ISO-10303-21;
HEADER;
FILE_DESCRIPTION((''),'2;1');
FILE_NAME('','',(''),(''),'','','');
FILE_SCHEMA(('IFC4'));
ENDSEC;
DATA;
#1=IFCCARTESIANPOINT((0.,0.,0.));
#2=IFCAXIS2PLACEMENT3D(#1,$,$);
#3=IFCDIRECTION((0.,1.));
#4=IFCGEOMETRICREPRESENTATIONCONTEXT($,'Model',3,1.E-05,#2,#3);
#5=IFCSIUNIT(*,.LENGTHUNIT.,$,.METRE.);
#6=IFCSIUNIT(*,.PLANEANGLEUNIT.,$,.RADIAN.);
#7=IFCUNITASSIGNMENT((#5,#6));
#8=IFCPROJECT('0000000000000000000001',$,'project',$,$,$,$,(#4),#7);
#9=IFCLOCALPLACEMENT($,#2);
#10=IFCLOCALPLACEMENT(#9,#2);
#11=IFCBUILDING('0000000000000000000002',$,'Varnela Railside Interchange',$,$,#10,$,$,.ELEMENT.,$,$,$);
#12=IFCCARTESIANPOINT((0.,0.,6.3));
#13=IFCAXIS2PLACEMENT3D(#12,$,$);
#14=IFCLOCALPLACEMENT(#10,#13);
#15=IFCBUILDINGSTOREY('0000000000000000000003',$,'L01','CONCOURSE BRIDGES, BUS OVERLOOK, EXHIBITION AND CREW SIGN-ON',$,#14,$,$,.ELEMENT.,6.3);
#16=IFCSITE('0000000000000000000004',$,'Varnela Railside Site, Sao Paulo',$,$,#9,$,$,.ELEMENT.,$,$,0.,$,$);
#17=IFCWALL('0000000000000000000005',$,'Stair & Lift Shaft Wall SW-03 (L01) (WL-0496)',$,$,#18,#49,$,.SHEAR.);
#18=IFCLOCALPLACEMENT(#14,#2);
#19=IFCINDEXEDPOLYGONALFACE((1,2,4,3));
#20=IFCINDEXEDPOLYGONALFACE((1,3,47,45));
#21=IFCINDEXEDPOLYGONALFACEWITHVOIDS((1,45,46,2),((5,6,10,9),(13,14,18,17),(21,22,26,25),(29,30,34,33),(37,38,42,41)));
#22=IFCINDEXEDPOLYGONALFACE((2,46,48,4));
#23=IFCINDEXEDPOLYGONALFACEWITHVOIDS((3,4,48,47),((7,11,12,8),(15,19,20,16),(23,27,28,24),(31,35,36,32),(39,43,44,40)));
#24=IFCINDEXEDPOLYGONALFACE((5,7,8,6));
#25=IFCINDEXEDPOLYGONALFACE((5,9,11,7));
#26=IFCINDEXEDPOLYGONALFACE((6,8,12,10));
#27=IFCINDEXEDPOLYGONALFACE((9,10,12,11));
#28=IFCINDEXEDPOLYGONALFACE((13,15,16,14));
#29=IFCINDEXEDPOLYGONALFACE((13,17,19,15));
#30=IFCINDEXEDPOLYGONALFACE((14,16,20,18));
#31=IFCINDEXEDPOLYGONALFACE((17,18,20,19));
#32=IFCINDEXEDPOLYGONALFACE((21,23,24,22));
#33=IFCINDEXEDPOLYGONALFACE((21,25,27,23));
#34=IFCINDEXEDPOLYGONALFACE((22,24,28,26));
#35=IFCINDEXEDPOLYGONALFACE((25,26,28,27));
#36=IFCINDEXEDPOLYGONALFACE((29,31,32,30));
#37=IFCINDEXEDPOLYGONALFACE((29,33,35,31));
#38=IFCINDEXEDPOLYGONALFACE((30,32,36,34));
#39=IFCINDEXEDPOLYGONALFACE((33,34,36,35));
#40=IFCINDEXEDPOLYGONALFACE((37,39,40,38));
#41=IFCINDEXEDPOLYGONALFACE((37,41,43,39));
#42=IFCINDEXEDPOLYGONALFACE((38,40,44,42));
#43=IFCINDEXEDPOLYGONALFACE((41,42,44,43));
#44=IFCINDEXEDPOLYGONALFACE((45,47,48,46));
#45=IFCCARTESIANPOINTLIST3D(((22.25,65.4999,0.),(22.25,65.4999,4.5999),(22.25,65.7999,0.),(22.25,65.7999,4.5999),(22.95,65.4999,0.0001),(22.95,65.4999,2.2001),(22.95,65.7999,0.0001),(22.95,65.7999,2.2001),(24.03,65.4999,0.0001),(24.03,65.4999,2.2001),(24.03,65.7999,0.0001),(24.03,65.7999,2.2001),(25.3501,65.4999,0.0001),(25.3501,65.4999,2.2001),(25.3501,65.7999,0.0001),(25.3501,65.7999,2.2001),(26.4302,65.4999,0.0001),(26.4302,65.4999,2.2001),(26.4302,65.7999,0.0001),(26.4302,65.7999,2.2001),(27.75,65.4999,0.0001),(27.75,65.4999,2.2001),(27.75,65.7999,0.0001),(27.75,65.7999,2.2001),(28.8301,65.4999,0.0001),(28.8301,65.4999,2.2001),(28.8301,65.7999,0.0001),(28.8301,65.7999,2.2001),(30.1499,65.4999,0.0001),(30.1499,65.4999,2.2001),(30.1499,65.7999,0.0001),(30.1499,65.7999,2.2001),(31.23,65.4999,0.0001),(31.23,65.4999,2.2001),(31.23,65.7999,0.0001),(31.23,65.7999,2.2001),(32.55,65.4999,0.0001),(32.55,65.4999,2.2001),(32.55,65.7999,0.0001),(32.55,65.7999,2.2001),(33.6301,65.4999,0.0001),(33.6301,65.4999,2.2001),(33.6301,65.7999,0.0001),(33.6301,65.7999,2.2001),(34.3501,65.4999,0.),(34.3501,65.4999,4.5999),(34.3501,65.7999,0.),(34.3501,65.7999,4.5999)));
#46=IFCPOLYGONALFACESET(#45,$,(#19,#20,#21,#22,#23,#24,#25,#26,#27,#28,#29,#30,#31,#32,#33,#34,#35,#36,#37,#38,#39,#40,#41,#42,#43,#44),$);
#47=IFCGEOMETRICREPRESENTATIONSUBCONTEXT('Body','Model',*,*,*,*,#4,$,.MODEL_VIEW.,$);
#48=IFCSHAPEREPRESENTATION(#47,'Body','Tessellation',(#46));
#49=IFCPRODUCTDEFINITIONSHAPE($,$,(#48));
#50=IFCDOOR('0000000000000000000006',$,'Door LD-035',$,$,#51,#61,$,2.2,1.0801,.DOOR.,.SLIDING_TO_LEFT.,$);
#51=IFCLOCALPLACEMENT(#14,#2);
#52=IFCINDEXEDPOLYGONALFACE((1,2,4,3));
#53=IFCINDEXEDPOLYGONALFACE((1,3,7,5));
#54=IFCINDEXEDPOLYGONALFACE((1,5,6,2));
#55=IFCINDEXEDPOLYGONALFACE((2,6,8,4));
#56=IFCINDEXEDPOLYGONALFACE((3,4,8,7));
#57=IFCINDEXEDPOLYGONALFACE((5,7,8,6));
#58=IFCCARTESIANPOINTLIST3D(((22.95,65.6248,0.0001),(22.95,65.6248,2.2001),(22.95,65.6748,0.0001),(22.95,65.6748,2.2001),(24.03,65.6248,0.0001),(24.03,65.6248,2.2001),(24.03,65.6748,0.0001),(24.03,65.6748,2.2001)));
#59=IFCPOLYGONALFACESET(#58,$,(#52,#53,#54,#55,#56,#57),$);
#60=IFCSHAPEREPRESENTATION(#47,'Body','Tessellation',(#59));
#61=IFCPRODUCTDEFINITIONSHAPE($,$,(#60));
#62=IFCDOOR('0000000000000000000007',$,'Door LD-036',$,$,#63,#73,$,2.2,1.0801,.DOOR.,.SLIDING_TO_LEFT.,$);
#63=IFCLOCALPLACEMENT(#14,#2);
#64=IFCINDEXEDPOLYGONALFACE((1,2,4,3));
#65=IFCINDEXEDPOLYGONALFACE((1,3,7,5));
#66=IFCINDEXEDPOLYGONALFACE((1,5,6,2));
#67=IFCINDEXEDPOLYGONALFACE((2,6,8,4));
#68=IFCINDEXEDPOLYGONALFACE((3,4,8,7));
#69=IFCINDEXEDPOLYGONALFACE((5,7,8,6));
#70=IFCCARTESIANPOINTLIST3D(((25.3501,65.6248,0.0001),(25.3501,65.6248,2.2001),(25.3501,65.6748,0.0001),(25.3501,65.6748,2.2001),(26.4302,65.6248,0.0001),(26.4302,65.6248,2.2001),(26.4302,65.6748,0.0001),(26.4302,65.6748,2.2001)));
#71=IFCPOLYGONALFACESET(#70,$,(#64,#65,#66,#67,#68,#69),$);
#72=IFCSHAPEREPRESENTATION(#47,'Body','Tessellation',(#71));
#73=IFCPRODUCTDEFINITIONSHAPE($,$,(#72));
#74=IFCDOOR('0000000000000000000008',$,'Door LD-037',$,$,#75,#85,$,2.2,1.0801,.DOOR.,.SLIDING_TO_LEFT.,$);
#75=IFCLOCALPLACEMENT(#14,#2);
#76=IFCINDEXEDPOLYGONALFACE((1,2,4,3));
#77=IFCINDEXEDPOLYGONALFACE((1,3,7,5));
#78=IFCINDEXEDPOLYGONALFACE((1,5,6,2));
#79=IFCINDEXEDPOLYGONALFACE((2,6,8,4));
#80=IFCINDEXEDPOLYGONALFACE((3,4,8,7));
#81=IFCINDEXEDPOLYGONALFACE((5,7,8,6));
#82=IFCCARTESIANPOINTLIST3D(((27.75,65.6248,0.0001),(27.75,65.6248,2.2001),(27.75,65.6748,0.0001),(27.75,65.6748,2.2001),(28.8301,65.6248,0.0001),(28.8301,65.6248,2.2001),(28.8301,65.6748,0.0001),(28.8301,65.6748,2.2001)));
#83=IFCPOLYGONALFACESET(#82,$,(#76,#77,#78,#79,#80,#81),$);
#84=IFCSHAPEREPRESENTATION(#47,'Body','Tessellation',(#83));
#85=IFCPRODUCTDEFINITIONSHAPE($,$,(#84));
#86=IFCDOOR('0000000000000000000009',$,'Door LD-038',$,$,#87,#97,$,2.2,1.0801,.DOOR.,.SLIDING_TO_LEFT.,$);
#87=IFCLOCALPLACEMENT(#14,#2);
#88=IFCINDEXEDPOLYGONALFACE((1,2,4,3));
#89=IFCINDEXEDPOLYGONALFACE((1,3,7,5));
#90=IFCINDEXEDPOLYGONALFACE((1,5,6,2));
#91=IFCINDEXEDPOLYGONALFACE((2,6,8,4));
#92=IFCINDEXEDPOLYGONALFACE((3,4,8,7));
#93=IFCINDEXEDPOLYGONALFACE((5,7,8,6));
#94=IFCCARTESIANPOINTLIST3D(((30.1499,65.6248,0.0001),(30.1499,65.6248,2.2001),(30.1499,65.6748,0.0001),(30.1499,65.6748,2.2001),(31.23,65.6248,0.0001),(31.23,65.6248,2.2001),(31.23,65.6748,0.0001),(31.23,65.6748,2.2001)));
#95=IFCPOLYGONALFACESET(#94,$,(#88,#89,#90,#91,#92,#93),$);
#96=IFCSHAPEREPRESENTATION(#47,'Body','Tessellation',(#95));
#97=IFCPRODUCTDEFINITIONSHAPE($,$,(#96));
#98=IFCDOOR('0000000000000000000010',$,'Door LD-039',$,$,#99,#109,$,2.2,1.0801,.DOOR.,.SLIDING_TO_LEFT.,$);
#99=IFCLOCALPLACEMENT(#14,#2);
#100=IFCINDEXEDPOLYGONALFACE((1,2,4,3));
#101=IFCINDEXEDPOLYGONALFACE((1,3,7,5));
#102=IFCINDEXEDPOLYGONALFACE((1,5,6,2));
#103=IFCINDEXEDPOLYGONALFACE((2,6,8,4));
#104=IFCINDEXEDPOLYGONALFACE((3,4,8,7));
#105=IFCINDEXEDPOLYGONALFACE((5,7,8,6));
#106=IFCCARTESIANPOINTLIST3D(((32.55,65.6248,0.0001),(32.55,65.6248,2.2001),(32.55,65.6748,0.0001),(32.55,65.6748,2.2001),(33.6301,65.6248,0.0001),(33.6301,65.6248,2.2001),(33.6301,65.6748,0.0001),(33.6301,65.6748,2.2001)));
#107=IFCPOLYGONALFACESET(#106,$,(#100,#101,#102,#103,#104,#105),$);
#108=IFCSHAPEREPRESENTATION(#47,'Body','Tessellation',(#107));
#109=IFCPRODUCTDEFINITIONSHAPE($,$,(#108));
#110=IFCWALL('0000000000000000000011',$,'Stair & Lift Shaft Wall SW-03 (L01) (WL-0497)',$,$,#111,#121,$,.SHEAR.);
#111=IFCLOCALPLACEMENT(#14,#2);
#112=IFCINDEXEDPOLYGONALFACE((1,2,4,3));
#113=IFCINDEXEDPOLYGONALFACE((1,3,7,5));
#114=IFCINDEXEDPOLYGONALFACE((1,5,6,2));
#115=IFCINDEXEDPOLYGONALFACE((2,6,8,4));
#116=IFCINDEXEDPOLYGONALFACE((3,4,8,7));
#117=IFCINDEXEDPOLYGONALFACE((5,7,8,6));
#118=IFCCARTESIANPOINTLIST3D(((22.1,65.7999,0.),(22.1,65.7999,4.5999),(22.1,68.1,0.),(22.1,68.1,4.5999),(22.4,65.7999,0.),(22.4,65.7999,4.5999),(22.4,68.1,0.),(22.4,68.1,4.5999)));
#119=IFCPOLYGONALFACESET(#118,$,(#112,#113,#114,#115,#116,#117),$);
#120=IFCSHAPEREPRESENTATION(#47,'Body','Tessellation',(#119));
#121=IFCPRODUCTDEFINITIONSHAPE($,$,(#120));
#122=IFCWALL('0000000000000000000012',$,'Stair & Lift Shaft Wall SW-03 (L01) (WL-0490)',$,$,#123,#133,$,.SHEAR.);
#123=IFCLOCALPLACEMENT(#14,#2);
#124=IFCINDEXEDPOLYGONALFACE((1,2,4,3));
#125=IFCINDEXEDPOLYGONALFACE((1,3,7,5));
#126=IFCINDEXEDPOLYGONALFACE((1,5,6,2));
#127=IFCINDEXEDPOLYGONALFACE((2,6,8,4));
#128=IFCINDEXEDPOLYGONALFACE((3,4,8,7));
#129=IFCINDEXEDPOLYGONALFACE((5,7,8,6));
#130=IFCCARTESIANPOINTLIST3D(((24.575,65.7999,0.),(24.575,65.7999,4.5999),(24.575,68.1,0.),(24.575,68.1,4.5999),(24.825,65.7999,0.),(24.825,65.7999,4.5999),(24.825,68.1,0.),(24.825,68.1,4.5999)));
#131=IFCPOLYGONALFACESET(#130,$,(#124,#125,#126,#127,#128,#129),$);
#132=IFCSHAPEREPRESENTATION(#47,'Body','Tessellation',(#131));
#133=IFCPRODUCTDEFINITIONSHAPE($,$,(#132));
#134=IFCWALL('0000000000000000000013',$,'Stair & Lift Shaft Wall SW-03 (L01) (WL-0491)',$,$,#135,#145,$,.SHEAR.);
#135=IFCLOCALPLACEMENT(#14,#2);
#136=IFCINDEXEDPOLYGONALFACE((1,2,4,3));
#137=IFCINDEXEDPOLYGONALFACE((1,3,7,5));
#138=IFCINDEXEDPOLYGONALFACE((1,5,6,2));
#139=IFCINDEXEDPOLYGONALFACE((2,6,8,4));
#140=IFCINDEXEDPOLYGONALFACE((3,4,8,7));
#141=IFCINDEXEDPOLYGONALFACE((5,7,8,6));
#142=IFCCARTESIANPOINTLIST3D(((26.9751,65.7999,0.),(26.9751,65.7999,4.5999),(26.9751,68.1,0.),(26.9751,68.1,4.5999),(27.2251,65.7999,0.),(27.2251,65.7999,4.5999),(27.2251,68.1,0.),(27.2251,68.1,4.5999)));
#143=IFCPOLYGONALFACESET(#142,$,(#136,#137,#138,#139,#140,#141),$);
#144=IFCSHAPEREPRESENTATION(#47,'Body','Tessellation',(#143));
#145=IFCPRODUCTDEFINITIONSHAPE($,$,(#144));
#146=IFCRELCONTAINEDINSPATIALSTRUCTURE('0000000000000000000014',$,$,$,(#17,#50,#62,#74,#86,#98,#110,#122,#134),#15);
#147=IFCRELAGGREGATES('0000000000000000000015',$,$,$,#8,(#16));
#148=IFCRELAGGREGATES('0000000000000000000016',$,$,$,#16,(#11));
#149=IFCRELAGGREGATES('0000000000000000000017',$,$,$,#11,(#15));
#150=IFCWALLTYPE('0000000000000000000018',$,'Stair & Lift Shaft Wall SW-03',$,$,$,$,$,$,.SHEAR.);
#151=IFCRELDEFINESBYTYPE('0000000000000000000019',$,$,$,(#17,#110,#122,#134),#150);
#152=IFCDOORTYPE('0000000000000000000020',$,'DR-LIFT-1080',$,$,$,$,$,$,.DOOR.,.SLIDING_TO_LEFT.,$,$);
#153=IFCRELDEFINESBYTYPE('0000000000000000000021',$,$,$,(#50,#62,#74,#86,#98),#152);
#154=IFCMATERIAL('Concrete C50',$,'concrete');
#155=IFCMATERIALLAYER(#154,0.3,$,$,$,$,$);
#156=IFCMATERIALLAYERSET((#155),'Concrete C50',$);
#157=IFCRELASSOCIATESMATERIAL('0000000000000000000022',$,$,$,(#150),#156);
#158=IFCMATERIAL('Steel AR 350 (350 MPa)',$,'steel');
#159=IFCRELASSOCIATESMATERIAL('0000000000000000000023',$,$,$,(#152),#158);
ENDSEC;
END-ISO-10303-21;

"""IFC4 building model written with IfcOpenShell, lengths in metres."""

from ifc_helpers import new_model, si_unit, direction, frame, frame_2d, origin, place, context, subcontext, project, spatial, rectangle, extrude, material, layer, layer_set, type_object, element, fill, save


model = new_model("IFC4")

# Units and contexts
model_context = context("Model", 3, precision=1e-05, world=origin(), true_north=direction((0.0, 1.0)))
body_context = subcontext(model_context, "Body", "Model", "MODEL_VIEW")
ifc_project = project(units=[si_unit("LENGTHUNIT", "METRE"), si_unit("PLANEANGLEUNIT", "RADIAN")], contexts=[model_context])

# Site, building, storey
site_placement = place(None, origin())
site = spatial("IfcSite", under=ifc_project, at=site_placement, Name="Varnela Railside Site, Sao Paulo", CompositionType="ELEMENT", RefElevation=0.0)
building_placement = place(site_placement, origin())
building = spatial("IfcBuilding", under=site, at=building_placement, Name="Varnela Railside Interchange", CompositionType="ELEMENT")
storey_placement = place(building_placement, frame((0.0, 0.0, 6.3)))
storey = spatial("IfcBuildingStorey", under=building, at=storey_placement, Name="L01", Description="CONCOURSE BRIDGES, BUS OVERLOOK, EXHIBITION AND CREW SIGN-ON", CompositionType="ELEMENT", Elevation=6.3)

# Shared definitions
ifc_material_1 = material(Name="Concrete C50", Category="concrete")
ifc_layer = layer(ifc_material_1, 0.3)
ifc_layer_set = layer_set([ifc_layer], Name="Concrete C50")
wall_type = type_object("IfcWallType", Name="Stair & Lift Shaft Wall SW-03", PredefinedType="SHEAR", material=ifc_layer_set)
ifc_material_2 = material(Name="Steel AR 350 (350 MPa)", Category="steel")

# Shared definitions
door_type_1 = type_object("IfcDoorType", Name="DR-LIFT-1080", OperationType="SLIDING_TO_LEFT", PredefinedType="DOOR", material=ifc_material_2)

# Wall, openings, doors
wall_1_placement = place(storey_placement, frame((22.25, 65.6499, 0.0), z_axis=(0.0, 0.0, 1.0), x_axis=(1.0, 0.0, 0.0)))
wall_1 = element("IfcWall", 1, at=wall_1_placement, inside=storey, type_object=wall_type, Name="Stair & Lift Shaft Wall SW-03 (L01) (WL-0496)", PredefinedType="SHEAR", context=body_context, shape_type="SweptSolid", body=[
    extrude(rectangle(XDim=12.1001, YDim=0.3, at=frame_2d((6.05, 0.0))), origin(), (0.0, 0.0, 1.0), 4.5999),
])
opening_1_placement = place(wall_1_placement, frame((0.7, 0.0, 0.0)))
opening_1 = element("IfcOpeningElement", 2, at=opening_1_placement, cuts=wall_1, PredefinedType="OPENING", context=body_context, shape_type="SweptSolid", body=[
    extrude(rectangle(XDim=1.0801, YDim=2.2, at=frame_2d((0.54, 1.1001))), frame((0.0, 0.1599, 0.0), z_axis=(0.0, -1.0, 0.0), x_axis=(1.0, 0.0, 0.0)), (0.0, 0.0, 1.0), 0.3201),
])
opening_2_placement = place(wall_1_placement, frame((3.1001, 0.0, 0.0)))
opening_2 = element("IfcOpeningElement", 3, at=opening_2_placement, cuts=wall_1, PredefinedType="OPENING", context=body_context, shape_type="SweptSolid", body=[
    extrude(rectangle(XDim=1.0801, YDim=2.2, at=frame_2d((0.54, 1.1001))), frame((0.0, 0.1599, 0.0), z_axis=(0.0, -1.0, 0.0), x_axis=(1.0, 0.0, 0.0)), (0.0, 0.0, 1.0), 0.3201),
])
opening_3_placement = place(wall_1_placement, frame((5.5, 0.0, 0.0)))
opening_3 = element("IfcOpeningElement", 4, at=opening_3_placement, cuts=wall_1, PredefinedType="OPENING", context=body_context, shape_type="SweptSolid", body=[
    extrude(rectangle(XDim=1.0801, YDim=2.2, at=frame_2d((0.54, 1.1001))), frame((0.0, 0.1599, 0.0), z_axis=(0.0, -1.0, 0.0), x_axis=(1.0, 0.0, 0.0)), (0.0, 0.0, 1.0), 0.3201),
])
opening_4_placement = place(wall_1_placement, frame((7.8999, 0.0, 0.0)))
opening_4 = element("IfcOpeningElement", 5, at=opening_4_placement, cuts=wall_1, PredefinedType="OPENING", context=body_context, shape_type="SweptSolid", body=[
    extrude(rectangle(XDim=1.0801, YDim=2.2, at=frame_2d((0.54, 1.1001))), frame((0.0, 0.1599, 0.0), z_axis=(0.0, -1.0, 0.0), x_axis=(1.0, 0.0, 0.0)), (0.0, 0.0, 1.0), 0.3201),
])
opening_5_placement = place(wall_1_placement, frame((10.3, 0.0, 0.0)))
opening_5 = element("IfcOpeningElement", 6, at=opening_5_placement, cuts=wall_1, PredefinedType="OPENING", context=body_context, shape_type="SweptSolid", body=[
    extrude(rectangle(XDim=1.0801, YDim=2.2, at=frame_2d((0.54, 1.1001))), frame((0.0, 0.1599, 0.0), z_axis=(0.0, -1.0, 0.0), x_axis=(1.0, 0.0, 0.0)), (0.0, 0.0, 1.0), 0.3201),
])
door_1_placement = place(opening_1_placement, origin())
door_1 = element("IfcDoor", 7, at=door_1_placement, inside=storey, type_object=door_type_1, Name="Door LD-035", OperationType="SLIDING_TO_LEFT", OverallHeight=2.2, OverallWidth=1.0801, PredefinedType="DOOR", context=body_context, shape_type="SweptSolid", body=[
    extrude(rectangle(XDim=1.0801, YDim=2.2, at=frame_2d((0.54, 1.1001))), frame((0.0, 0.0249, 0.0), z_axis=(0.0, -1.0, 0.0), x_axis=(1.0, 0.0, 0.0)), (0.0, 0.0, 1.0), 0.05),
])
fill(opening_1, door_1)
door_2_placement = place(opening_2_placement, origin())
door_2 = element("IfcDoor", 8, at=door_2_placement, inside=storey, type_object=door_type_1, Name="Door LD-036", OperationType="SLIDING_TO_LEFT", OverallHeight=2.2, OverallWidth=1.0801, PredefinedType="DOOR", context=body_context, shape_type="SweptSolid", body=[
    extrude(rectangle(XDim=1.0801, YDim=2.2, at=frame_2d((0.54, 1.1001))), frame((0.0, 0.0249, 0.0), z_axis=(0.0, -1.0, 0.0), x_axis=(1.0, 0.0, 0.0)), (0.0, 0.0, 1.0), 0.05),
])
fill(opening_2, door_2)
door_3_placement = place(opening_3_placement, origin())
door_3 = element("IfcDoor", 9, at=door_3_placement, inside=storey, type_object=door_type_1, Name="Door LD-037", OperationType="SLIDING_TO_LEFT", OverallHeight=2.2, OverallWidth=1.0801, PredefinedType="DOOR", context=body_context, shape_type="SweptSolid", body=[
    extrude(rectangle(XDim=1.0801, YDim=2.2, at=frame_2d((0.54, 1.1001))), frame((0.0, 0.0249, 0.0), z_axis=(0.0, -1.0, 0.0), x_axis=(1.0, 0.0, 0.0)), (0.0, 0.0, 1.0), 0.05),
])
fill(opening_3, door_3)
door_4_placement = place(opening_4_placement, origin())
door_4 = element("IfcDoor", 10, at=door_4_placement, inside=storey, type_object=door_type_1, Name="Door LD-038", OperationType="SLIDING_TO_LEFT", OverallHeight=2.2, OverallWidth=1.0801, PredefinedType="DOOR", context=body_context, shape_type="SweptSolid", body=[
    extrude(rectangle(XDim=1.0801, YDim=2.2, at=frame_2d((0.54, 1.1001))), frame((0.0, 0.0249, 0.0), z_axis=(0.0, -1.0, 0.0), x_axis=(1.0, 0.0, 0.0)), (0.0, 0.0, 1.0), 0.05),
])
fill(opening_4, door_4)
door_5_placement = place(opening_5_placement, origin())
door_5 = element("IfcDoor", 11, at=door_5_placement, inside=storey, type_object=door_type_1, Name="Door LD-039", OperationType="SLIDING_TO_LEFT", OverallHeight=2.2, OverallWidth=1.0801, PredefinedType="DOOR", context=body_context, shape_type="SweptSolid", body=[
    extrude(rectangle(XDim=1.0801, YDim=2.2, at=frame_2d((0.54, 1.1001))), frame((0.0, 0.0249, 0.0), z_axis=(0.0, -1.0, 0.0), x_axis=(1.0, 0.0, 0.0)), (0.0, 0.0, 1.0), 0.05),
])
fill(opening_5, door_5)

# Walls
wall_2_placement = place(storey_placement, frame((22.25, 65.8, 0.0), z_axis=(0.0, 0.0, 1.0), x_axis=(0.0, 1.0, 0.0)))
element("IfcWall", 12, at=wall_2_placement, inside=storey, type_object=wall_type, Name="Stair & Lift Shaft Wall SW-03 (L01) (WL-0497)", PredefinedType="SHEAR", context=body_context, shape_type="SweptSolid", body=[
    extrude(rectangle(XDim=2.3, YDim=0.3, at=frame_2d((1.1499, 0.0))), origin(), (0.0, 0.0, 1.0), 4.5999),
])
for number, where, z_axis, x_axis, name in (
    (13, (24.7, 65.8, 0.0), (0.0, 0.0, 1.0), (0.0, 1.0, 0.0), "Stair & Lift Shaft Wall SW-03 (L01) (WL-0490)"),
    (14, (27.1001, 65.8, 0.0), (0.0, 0.0, 1.0), (0.0, 1.0, 0.0), "Stair & Lift Shaft Wall SW-03 (L01) (WL-0491)"),
):
    element("IfcWall", number, at=place(storey_placement, frame(where, z_axis=z_axis, x_axis=x_axis)), inside=storey, type_object=wall_type, Name=name, PredefinedType="SHEAR", context=body_context, shape_type="SweptSolid", body=[
        extrude(rectangle(XDim=2.3, YDim=0.25, at=frame_2d((1.1499, 0.0))), origin(), (0.0, 0.0, 1.0), 4.5999),
    ])

save(model, "model.ifc")
